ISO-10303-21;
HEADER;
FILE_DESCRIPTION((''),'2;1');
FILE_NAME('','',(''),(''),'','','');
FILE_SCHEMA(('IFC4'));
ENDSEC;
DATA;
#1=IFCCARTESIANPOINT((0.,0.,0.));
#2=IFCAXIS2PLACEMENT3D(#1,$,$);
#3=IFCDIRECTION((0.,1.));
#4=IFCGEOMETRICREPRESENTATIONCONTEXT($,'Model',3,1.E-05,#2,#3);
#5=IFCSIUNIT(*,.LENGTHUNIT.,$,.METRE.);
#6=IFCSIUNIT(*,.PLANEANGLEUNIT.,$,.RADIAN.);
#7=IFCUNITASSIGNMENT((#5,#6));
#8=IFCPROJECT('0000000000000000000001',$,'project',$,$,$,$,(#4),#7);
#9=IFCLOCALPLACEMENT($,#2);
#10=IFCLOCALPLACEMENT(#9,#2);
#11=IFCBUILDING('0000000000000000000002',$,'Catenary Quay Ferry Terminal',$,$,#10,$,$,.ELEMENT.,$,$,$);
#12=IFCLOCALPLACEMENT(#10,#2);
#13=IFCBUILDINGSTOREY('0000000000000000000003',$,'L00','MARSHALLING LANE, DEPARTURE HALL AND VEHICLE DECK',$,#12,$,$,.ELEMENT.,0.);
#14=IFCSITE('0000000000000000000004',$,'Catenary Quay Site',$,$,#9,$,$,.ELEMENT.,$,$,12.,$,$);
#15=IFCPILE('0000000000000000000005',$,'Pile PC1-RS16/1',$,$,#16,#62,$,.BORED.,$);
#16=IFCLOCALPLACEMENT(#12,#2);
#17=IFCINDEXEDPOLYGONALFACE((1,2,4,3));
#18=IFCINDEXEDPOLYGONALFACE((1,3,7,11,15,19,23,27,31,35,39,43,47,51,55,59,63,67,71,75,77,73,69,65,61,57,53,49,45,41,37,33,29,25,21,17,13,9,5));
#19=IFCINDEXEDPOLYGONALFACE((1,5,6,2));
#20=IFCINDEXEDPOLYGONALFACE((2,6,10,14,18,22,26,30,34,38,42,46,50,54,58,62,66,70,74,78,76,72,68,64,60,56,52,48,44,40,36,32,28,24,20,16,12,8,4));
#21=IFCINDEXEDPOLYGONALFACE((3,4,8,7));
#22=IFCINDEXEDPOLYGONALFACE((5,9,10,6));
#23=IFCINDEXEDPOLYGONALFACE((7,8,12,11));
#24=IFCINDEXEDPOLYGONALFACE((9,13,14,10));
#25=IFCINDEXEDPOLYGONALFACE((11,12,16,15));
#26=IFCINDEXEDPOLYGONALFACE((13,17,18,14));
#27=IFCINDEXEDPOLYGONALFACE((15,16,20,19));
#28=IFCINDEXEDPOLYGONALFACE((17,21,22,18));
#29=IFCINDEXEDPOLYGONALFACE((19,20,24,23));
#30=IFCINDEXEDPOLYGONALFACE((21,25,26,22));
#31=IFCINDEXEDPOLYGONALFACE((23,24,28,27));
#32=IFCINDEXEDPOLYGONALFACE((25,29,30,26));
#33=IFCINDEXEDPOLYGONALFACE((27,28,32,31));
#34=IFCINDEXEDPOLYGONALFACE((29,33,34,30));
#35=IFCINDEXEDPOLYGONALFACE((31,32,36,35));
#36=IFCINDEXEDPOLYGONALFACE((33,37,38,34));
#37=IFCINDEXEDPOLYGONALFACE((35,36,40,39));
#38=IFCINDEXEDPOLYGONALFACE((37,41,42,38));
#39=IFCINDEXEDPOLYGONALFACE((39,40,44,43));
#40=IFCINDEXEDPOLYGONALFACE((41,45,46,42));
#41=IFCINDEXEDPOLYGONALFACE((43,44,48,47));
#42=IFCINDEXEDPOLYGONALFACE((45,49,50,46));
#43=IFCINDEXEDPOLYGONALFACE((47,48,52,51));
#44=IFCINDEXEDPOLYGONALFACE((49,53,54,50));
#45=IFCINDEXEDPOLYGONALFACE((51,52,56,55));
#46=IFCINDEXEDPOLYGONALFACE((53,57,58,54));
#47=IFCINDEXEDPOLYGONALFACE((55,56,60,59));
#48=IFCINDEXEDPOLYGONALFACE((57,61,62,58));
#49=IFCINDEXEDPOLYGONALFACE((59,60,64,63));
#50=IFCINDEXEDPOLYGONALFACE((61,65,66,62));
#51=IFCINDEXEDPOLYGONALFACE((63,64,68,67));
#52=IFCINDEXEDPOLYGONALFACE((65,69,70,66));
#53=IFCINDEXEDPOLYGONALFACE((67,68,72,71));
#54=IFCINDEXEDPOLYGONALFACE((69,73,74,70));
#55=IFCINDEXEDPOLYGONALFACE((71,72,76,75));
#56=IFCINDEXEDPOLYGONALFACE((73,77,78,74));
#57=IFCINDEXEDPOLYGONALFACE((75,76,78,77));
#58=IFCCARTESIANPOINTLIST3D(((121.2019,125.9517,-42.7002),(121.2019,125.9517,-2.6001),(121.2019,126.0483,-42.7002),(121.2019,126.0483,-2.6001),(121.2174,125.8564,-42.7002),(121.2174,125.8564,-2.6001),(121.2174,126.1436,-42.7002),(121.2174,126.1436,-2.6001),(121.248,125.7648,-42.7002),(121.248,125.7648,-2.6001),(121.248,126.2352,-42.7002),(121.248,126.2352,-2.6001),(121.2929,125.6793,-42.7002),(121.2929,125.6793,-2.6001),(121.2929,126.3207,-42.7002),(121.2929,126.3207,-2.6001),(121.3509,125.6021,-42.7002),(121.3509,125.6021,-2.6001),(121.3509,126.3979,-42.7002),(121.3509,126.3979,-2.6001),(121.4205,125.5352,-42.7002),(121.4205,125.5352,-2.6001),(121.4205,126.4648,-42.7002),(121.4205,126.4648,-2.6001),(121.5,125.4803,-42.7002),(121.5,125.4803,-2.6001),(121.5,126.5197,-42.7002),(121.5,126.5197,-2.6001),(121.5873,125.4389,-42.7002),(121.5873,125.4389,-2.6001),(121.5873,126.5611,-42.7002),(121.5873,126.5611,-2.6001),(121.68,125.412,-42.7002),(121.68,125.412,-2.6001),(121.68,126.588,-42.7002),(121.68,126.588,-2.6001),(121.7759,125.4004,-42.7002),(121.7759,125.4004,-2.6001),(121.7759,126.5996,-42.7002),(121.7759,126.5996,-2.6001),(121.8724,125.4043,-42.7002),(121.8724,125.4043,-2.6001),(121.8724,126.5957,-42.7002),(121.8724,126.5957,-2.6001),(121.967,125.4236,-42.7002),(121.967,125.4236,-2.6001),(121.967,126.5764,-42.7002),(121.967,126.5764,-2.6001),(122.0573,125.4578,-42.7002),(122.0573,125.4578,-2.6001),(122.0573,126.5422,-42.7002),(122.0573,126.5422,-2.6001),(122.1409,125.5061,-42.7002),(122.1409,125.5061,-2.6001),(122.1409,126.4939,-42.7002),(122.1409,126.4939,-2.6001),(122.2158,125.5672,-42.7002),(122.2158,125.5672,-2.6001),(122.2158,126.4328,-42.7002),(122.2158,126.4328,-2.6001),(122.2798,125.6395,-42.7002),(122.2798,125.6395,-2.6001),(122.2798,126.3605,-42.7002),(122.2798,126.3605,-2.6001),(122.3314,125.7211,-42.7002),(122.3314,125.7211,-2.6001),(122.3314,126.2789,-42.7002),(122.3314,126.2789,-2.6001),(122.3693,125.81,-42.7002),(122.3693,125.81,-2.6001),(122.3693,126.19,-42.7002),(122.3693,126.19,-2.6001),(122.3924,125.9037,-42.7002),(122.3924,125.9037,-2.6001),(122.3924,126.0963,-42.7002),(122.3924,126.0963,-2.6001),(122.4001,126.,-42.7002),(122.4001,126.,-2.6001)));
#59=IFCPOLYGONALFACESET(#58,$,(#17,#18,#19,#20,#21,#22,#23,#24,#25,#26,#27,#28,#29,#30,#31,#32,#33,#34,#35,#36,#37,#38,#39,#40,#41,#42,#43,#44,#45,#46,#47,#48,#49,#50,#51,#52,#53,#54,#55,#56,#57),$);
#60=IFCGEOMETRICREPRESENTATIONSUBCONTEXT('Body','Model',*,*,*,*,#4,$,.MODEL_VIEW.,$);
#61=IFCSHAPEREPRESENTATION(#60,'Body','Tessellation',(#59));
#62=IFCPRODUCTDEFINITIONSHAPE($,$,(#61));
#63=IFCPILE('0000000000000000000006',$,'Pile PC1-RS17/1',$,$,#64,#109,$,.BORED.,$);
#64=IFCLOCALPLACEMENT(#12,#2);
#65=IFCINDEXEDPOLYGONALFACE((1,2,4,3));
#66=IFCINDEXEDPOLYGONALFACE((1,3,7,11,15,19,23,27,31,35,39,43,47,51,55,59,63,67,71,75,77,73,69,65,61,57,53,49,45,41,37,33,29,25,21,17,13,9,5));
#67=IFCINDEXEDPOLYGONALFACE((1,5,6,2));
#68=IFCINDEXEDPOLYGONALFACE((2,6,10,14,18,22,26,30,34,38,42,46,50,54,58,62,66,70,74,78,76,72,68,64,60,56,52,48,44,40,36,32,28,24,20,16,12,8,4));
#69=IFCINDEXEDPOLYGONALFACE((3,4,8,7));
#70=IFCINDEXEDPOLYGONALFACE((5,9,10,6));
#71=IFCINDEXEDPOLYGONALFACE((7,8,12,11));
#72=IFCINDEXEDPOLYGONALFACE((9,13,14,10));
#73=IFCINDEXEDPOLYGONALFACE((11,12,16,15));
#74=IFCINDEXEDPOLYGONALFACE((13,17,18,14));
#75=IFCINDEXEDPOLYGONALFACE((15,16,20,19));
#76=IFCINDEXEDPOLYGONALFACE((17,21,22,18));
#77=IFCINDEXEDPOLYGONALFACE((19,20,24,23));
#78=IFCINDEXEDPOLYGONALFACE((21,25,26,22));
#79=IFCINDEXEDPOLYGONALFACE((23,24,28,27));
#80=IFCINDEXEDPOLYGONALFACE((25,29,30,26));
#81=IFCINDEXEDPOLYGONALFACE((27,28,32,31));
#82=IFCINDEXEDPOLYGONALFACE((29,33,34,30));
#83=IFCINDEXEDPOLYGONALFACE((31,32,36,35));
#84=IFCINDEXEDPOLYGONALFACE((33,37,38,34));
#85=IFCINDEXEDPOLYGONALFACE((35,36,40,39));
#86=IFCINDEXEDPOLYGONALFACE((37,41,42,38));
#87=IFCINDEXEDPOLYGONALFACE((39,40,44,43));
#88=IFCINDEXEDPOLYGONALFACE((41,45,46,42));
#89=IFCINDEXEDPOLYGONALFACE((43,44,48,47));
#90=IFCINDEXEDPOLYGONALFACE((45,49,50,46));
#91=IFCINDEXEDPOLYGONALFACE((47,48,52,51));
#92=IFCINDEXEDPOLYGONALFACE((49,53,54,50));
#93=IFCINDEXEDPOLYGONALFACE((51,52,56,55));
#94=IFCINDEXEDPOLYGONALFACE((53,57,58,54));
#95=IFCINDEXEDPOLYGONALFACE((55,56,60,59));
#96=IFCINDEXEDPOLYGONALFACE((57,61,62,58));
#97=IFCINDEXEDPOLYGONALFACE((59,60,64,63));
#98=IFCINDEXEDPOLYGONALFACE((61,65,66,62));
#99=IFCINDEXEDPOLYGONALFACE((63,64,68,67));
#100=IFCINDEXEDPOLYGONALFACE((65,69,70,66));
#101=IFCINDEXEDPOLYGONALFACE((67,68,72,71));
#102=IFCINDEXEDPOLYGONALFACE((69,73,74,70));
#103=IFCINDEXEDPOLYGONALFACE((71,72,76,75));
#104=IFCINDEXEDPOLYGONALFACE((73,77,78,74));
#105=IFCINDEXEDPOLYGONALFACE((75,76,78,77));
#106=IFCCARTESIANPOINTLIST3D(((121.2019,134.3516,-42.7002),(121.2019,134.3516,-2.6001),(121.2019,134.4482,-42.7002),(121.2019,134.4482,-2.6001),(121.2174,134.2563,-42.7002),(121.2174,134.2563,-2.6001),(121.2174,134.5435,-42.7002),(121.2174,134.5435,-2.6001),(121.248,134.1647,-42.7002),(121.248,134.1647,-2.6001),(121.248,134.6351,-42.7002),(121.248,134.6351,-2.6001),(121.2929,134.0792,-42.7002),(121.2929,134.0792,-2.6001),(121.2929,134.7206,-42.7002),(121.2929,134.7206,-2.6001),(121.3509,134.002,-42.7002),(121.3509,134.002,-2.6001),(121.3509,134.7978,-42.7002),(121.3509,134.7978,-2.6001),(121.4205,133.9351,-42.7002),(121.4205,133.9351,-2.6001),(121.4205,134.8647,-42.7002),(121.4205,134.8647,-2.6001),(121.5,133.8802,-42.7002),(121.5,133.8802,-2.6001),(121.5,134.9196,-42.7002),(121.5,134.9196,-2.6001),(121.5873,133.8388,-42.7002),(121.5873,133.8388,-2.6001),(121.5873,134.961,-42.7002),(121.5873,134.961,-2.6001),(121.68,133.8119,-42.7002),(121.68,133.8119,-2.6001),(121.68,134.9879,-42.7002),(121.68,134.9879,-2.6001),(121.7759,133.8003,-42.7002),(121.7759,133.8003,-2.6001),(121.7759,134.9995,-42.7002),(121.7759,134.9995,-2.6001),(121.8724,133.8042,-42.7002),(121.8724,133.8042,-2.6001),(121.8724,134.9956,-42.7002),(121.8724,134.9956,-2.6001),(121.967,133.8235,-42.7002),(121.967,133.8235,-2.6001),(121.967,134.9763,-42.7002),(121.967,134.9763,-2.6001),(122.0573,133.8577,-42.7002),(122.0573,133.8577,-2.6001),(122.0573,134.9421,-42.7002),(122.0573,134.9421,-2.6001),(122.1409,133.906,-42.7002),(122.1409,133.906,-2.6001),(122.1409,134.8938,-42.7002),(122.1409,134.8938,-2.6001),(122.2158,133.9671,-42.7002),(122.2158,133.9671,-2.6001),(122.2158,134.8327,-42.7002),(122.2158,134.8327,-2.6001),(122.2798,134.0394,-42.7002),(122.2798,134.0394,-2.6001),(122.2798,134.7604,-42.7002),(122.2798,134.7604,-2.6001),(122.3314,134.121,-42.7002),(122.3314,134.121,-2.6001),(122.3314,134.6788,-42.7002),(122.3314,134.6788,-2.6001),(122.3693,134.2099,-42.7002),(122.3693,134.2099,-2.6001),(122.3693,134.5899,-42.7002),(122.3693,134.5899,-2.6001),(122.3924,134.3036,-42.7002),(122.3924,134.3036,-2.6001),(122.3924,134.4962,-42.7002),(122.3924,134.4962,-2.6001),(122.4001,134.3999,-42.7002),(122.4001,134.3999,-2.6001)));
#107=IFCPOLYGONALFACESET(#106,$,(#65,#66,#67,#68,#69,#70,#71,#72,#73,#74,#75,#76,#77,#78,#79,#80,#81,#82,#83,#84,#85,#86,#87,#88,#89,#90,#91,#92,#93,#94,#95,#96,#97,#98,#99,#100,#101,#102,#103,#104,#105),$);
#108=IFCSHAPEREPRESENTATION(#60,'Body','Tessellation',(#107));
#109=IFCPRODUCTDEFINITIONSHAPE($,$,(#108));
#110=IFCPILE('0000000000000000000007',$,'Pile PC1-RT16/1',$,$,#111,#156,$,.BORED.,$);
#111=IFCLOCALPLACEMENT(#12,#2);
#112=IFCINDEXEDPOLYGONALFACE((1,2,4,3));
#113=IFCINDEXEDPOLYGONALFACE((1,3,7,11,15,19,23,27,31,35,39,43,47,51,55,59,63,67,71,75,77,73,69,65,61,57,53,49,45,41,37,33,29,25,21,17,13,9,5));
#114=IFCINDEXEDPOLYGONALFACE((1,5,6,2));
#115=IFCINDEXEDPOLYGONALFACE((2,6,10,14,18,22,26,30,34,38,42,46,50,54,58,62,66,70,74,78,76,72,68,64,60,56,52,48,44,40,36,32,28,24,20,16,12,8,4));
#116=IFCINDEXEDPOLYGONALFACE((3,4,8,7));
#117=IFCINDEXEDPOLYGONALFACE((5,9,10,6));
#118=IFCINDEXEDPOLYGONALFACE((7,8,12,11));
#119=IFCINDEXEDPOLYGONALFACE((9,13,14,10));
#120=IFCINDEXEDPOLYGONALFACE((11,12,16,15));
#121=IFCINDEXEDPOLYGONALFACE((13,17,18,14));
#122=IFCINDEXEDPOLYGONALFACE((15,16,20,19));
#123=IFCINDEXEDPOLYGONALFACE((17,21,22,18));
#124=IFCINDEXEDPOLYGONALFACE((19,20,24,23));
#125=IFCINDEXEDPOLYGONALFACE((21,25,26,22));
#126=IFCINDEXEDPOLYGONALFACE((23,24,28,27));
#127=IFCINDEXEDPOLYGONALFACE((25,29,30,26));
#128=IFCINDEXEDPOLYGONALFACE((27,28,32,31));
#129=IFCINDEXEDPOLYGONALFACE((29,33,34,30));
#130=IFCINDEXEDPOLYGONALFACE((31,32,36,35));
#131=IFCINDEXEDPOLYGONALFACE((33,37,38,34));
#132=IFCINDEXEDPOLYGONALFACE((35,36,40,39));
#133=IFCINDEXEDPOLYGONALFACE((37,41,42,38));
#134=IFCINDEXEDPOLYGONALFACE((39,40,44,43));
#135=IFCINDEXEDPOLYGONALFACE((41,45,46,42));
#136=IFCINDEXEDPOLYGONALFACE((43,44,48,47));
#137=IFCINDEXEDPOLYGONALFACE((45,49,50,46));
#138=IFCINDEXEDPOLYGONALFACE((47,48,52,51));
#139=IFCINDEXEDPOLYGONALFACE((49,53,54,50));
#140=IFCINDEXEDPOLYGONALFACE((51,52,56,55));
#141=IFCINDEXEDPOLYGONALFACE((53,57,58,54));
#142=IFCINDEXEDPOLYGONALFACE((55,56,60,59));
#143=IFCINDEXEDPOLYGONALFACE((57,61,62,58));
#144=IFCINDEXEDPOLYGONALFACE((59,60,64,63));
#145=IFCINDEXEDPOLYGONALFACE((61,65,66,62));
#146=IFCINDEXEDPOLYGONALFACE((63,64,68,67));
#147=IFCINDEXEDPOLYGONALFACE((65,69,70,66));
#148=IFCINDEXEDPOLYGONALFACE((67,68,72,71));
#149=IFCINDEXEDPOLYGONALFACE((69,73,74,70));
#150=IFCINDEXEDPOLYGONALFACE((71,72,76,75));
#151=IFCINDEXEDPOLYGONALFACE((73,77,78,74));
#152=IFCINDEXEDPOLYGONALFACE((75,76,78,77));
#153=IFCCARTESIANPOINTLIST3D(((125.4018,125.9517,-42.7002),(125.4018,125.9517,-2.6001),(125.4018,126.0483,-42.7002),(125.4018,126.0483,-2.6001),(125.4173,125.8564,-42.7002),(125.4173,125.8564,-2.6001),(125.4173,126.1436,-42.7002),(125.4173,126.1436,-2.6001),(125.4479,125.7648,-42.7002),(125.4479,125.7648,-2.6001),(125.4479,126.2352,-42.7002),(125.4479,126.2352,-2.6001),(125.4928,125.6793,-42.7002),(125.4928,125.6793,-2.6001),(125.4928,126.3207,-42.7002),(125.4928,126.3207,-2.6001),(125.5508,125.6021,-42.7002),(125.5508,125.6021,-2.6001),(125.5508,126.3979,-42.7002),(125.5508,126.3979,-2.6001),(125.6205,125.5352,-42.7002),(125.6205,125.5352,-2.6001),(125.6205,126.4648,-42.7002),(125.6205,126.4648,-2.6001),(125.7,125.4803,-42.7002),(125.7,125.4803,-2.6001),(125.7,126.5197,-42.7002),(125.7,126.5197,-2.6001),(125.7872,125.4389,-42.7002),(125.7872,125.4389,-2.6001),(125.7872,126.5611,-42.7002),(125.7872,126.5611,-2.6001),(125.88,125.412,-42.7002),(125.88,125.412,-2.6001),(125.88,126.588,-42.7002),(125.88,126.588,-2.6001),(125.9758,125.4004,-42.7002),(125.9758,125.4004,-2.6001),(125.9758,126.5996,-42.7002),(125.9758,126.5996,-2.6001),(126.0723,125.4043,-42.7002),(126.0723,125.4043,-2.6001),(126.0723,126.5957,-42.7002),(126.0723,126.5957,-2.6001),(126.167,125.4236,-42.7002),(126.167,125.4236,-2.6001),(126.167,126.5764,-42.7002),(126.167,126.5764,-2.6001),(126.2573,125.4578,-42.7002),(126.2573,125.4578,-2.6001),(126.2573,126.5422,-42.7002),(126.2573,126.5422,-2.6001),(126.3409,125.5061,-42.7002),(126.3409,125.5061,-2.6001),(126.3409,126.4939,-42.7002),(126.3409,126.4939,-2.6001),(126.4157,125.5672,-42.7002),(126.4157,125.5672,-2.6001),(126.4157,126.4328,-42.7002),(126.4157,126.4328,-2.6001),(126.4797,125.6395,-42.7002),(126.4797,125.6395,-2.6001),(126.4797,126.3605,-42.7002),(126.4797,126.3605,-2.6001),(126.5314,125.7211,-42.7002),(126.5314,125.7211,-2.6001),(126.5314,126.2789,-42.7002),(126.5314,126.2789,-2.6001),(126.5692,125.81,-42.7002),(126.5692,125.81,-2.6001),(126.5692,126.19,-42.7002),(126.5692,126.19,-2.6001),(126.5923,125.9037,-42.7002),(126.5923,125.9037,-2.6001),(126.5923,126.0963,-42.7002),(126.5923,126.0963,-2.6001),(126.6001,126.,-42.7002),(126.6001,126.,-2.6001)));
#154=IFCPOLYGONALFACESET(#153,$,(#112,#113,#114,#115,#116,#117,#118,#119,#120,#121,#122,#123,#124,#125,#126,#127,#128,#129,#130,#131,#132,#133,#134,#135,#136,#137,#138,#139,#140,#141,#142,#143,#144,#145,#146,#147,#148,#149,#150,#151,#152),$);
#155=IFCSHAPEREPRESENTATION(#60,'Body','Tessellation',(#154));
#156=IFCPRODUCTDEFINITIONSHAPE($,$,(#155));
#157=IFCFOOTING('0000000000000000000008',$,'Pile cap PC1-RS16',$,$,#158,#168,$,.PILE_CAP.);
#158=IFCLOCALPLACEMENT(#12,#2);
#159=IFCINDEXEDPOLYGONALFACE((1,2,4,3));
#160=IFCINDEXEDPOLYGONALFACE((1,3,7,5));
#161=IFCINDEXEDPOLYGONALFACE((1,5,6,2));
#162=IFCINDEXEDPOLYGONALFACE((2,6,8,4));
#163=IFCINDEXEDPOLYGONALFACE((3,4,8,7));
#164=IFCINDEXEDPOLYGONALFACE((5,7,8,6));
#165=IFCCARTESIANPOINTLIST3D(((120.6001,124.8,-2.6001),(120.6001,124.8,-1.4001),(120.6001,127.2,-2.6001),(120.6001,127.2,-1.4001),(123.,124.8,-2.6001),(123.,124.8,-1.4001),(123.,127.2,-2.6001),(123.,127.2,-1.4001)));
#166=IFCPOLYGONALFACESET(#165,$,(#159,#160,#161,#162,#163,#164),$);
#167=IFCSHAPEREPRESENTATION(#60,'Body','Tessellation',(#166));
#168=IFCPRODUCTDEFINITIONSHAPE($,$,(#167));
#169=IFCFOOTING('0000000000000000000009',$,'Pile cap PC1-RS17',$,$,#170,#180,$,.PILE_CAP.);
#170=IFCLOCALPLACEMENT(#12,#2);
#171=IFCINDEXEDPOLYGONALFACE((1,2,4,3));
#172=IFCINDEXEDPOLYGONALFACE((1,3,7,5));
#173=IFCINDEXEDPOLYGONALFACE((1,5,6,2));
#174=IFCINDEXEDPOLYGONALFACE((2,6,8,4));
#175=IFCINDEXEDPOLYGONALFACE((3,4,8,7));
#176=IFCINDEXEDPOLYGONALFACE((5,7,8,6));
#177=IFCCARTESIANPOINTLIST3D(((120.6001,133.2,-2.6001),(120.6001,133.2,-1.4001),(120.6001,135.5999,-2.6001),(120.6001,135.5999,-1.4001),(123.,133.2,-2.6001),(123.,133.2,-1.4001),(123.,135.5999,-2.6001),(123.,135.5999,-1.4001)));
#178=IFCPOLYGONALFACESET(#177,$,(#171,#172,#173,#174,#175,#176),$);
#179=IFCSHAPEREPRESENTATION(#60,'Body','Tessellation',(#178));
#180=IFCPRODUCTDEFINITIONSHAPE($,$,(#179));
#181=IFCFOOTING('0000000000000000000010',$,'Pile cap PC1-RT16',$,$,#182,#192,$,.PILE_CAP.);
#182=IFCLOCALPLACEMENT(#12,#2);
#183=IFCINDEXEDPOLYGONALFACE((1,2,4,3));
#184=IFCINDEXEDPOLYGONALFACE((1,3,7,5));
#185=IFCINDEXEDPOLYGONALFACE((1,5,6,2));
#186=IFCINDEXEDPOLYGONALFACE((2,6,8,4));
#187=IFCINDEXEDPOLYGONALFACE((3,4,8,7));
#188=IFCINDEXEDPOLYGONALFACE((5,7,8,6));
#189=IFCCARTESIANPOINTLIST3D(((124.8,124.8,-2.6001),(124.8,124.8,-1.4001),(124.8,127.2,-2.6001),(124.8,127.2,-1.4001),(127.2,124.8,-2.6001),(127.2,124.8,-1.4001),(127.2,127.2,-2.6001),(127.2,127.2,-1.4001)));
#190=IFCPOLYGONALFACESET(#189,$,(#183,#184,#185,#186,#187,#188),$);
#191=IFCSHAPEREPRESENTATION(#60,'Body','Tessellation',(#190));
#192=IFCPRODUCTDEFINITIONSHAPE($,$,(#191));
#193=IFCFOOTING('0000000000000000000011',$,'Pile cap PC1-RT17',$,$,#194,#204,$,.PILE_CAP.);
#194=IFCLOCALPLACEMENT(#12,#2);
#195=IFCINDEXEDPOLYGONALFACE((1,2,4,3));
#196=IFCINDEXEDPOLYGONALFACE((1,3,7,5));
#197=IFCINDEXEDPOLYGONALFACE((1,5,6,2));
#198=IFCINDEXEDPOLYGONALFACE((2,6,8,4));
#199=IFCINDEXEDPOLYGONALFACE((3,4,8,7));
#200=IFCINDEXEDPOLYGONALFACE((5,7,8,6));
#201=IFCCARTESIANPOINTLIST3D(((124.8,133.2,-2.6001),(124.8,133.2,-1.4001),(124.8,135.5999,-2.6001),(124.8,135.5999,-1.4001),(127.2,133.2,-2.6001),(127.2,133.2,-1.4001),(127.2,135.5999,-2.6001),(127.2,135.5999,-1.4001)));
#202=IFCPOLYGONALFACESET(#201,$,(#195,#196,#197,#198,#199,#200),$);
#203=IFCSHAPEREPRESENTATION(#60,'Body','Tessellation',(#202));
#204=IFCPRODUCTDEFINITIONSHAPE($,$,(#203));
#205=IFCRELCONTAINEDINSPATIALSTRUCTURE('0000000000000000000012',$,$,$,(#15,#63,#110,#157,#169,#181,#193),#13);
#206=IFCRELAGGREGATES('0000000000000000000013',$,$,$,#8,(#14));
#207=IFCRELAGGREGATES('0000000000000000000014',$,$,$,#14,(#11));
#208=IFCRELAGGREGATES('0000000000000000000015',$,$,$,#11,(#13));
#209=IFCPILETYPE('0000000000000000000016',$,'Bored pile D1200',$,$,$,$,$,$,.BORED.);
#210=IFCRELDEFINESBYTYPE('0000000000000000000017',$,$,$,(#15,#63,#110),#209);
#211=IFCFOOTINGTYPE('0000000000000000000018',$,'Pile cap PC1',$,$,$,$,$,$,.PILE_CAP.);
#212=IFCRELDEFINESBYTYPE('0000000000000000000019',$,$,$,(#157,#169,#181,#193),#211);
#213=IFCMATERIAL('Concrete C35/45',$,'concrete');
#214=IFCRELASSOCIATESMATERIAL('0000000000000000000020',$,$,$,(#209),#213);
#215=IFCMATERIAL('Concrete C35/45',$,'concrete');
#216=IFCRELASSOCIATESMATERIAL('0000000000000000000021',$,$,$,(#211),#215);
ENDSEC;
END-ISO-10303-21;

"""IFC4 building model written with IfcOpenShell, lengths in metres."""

from ifc_helpers import new_model, si_unit, direction, frame, origin, origin_2d, place, context, subcontext, project, spatial, rectangle, circle, extrude, material, material_profile, profile_set, type_object, element, save


model = new_model("IFC4")

# Units and contexts
model_context = context("Model", 3, precision=1e-05, world=origin(), true_north=direction((0.0, 1.0)))
body_context = subcontext(model_context, "Body", "Model", "MODEL_VIEW")
ifc_project = project(units=[si_unit("LENGTHUNIT", "METRE"), si_unit("PLANEANGLEUNIT", "RADIAN")], contexts=[model_context])

# Site, building, storey
site_placement = place(None, origin())
site = spatial("IfcSite", under=ifc_project, at=site_placement, Name="Catenary Quay Site", CompositionType="ELEMENT", RefElevation=12.0)
building_placement = place(site_placement, origin())
building = spatial("IfcBuilding", under=site, at=building_placement, Name="Catenary Quay Ferry Terminal", CompositionType="ELEMENT")
storey_placement = place(building_placement, origin())
storey = spatial("IfcBuildingStorey", under=building, at=storey_placement, Name="L00", Description="MARSHALLING LANE, DEPARTURE HALL AND VEHICLE DECK", CompositionType="ELEMENT", Elevation=0.0)

# Piles
ifc_material_1 = material(Name="Concrete C35/45", Category="concrete")
ifc_material_profile = material_profile(ifc_material_1, circle(Radius=0.6001, at=origin_2d()), Name="D1200")
ifc_profile_set = profile_set([ifc_material_profile], Name="Concrete C35/45")
pile_type = type_object("IfcPileType", Name="Bored pile D1200", PredefinedType="BORED", material=ifc_profile_set)
for number, where, z_axis, x_axis, name in (
    (1, (121.8, 126.0, -2.6001), (0.0, 0.0, -1.0), (1.0, 0.0, 0.0), "Pile PC1-RS16/1"),
    (2, (121.8, 134.3999, -2.6001), (0.0, 0.0, -1.0), (1.0, 0.0, 0.0), "Pile PC1-RS17/1"),
    (3, (126.0, 126.0, -2.6001), (0.0, 0.0, -1.0), (1.0, 0.0, 0.0), "Pile PC1-RT16/1"),
):
    element("IfcPile", number, at=place(storey_placement, frame(where, z_axis=z_axis, x_axis=x_axis)), inside=storey, type_object=pile_type, Name=name, PredefinedType="BORED", context=body_context, shape_type="SweptSolid", body=[
        extrude(circle(Radius=0.6001, at=origin_2d()), origin(), (0.0, 0.0, 1.0), 40.1001),
    ])

# Footings
ifc_material_2 = material(Name="Concrete C35/45", Category="concrete")
footing_type = type_object("IfcFootingType", Name="Pile cap PC1", PredefinedType="PILE_CAP", material=ifc_material_2)
for number, where, z_axis, x_axis, name in (
    (4, (121.8, 126.0, -2.6001), (0.0, 0.0, 1.0), (1.0, 0.0, 0.0), "Pile cap PC1-RS16"),
    (5, (121.8, 134.3999, -2.6001), (0.0, 0.0, 1.0), (1.0, 0.0, 0.0), "Pile cap PC1-RS17"),
    (6, (126.0, 126.0, -2.6001), (0.0, 0.0, 1.0), (1.0, 0.0, 0.0), "Pile cap PC1-RT16"),
    (7, (126.0, 134.3999, -2.6001), (0.0, 0.0, 1.0), (1.0, 0.0, 0.0), "Pile cap PC1-RT17"),
):
    element("IfcFooting", number, at=place(storey_placement, frame(where, z_axis=z_axis, x_axis=x_axis)), inside=storey, type_object=footing_type, Name=name, PredefinedType="PILE_CAP", context=body_context, shape_type="SweptSolid", body=[
        extrude(rectangle(XDim=2.3999, YDim=2.3999, at=origin_2d()), origin(), (0.0, 0.0, 1.0), 1.2),
    ])

save(model, "model.ifc")
